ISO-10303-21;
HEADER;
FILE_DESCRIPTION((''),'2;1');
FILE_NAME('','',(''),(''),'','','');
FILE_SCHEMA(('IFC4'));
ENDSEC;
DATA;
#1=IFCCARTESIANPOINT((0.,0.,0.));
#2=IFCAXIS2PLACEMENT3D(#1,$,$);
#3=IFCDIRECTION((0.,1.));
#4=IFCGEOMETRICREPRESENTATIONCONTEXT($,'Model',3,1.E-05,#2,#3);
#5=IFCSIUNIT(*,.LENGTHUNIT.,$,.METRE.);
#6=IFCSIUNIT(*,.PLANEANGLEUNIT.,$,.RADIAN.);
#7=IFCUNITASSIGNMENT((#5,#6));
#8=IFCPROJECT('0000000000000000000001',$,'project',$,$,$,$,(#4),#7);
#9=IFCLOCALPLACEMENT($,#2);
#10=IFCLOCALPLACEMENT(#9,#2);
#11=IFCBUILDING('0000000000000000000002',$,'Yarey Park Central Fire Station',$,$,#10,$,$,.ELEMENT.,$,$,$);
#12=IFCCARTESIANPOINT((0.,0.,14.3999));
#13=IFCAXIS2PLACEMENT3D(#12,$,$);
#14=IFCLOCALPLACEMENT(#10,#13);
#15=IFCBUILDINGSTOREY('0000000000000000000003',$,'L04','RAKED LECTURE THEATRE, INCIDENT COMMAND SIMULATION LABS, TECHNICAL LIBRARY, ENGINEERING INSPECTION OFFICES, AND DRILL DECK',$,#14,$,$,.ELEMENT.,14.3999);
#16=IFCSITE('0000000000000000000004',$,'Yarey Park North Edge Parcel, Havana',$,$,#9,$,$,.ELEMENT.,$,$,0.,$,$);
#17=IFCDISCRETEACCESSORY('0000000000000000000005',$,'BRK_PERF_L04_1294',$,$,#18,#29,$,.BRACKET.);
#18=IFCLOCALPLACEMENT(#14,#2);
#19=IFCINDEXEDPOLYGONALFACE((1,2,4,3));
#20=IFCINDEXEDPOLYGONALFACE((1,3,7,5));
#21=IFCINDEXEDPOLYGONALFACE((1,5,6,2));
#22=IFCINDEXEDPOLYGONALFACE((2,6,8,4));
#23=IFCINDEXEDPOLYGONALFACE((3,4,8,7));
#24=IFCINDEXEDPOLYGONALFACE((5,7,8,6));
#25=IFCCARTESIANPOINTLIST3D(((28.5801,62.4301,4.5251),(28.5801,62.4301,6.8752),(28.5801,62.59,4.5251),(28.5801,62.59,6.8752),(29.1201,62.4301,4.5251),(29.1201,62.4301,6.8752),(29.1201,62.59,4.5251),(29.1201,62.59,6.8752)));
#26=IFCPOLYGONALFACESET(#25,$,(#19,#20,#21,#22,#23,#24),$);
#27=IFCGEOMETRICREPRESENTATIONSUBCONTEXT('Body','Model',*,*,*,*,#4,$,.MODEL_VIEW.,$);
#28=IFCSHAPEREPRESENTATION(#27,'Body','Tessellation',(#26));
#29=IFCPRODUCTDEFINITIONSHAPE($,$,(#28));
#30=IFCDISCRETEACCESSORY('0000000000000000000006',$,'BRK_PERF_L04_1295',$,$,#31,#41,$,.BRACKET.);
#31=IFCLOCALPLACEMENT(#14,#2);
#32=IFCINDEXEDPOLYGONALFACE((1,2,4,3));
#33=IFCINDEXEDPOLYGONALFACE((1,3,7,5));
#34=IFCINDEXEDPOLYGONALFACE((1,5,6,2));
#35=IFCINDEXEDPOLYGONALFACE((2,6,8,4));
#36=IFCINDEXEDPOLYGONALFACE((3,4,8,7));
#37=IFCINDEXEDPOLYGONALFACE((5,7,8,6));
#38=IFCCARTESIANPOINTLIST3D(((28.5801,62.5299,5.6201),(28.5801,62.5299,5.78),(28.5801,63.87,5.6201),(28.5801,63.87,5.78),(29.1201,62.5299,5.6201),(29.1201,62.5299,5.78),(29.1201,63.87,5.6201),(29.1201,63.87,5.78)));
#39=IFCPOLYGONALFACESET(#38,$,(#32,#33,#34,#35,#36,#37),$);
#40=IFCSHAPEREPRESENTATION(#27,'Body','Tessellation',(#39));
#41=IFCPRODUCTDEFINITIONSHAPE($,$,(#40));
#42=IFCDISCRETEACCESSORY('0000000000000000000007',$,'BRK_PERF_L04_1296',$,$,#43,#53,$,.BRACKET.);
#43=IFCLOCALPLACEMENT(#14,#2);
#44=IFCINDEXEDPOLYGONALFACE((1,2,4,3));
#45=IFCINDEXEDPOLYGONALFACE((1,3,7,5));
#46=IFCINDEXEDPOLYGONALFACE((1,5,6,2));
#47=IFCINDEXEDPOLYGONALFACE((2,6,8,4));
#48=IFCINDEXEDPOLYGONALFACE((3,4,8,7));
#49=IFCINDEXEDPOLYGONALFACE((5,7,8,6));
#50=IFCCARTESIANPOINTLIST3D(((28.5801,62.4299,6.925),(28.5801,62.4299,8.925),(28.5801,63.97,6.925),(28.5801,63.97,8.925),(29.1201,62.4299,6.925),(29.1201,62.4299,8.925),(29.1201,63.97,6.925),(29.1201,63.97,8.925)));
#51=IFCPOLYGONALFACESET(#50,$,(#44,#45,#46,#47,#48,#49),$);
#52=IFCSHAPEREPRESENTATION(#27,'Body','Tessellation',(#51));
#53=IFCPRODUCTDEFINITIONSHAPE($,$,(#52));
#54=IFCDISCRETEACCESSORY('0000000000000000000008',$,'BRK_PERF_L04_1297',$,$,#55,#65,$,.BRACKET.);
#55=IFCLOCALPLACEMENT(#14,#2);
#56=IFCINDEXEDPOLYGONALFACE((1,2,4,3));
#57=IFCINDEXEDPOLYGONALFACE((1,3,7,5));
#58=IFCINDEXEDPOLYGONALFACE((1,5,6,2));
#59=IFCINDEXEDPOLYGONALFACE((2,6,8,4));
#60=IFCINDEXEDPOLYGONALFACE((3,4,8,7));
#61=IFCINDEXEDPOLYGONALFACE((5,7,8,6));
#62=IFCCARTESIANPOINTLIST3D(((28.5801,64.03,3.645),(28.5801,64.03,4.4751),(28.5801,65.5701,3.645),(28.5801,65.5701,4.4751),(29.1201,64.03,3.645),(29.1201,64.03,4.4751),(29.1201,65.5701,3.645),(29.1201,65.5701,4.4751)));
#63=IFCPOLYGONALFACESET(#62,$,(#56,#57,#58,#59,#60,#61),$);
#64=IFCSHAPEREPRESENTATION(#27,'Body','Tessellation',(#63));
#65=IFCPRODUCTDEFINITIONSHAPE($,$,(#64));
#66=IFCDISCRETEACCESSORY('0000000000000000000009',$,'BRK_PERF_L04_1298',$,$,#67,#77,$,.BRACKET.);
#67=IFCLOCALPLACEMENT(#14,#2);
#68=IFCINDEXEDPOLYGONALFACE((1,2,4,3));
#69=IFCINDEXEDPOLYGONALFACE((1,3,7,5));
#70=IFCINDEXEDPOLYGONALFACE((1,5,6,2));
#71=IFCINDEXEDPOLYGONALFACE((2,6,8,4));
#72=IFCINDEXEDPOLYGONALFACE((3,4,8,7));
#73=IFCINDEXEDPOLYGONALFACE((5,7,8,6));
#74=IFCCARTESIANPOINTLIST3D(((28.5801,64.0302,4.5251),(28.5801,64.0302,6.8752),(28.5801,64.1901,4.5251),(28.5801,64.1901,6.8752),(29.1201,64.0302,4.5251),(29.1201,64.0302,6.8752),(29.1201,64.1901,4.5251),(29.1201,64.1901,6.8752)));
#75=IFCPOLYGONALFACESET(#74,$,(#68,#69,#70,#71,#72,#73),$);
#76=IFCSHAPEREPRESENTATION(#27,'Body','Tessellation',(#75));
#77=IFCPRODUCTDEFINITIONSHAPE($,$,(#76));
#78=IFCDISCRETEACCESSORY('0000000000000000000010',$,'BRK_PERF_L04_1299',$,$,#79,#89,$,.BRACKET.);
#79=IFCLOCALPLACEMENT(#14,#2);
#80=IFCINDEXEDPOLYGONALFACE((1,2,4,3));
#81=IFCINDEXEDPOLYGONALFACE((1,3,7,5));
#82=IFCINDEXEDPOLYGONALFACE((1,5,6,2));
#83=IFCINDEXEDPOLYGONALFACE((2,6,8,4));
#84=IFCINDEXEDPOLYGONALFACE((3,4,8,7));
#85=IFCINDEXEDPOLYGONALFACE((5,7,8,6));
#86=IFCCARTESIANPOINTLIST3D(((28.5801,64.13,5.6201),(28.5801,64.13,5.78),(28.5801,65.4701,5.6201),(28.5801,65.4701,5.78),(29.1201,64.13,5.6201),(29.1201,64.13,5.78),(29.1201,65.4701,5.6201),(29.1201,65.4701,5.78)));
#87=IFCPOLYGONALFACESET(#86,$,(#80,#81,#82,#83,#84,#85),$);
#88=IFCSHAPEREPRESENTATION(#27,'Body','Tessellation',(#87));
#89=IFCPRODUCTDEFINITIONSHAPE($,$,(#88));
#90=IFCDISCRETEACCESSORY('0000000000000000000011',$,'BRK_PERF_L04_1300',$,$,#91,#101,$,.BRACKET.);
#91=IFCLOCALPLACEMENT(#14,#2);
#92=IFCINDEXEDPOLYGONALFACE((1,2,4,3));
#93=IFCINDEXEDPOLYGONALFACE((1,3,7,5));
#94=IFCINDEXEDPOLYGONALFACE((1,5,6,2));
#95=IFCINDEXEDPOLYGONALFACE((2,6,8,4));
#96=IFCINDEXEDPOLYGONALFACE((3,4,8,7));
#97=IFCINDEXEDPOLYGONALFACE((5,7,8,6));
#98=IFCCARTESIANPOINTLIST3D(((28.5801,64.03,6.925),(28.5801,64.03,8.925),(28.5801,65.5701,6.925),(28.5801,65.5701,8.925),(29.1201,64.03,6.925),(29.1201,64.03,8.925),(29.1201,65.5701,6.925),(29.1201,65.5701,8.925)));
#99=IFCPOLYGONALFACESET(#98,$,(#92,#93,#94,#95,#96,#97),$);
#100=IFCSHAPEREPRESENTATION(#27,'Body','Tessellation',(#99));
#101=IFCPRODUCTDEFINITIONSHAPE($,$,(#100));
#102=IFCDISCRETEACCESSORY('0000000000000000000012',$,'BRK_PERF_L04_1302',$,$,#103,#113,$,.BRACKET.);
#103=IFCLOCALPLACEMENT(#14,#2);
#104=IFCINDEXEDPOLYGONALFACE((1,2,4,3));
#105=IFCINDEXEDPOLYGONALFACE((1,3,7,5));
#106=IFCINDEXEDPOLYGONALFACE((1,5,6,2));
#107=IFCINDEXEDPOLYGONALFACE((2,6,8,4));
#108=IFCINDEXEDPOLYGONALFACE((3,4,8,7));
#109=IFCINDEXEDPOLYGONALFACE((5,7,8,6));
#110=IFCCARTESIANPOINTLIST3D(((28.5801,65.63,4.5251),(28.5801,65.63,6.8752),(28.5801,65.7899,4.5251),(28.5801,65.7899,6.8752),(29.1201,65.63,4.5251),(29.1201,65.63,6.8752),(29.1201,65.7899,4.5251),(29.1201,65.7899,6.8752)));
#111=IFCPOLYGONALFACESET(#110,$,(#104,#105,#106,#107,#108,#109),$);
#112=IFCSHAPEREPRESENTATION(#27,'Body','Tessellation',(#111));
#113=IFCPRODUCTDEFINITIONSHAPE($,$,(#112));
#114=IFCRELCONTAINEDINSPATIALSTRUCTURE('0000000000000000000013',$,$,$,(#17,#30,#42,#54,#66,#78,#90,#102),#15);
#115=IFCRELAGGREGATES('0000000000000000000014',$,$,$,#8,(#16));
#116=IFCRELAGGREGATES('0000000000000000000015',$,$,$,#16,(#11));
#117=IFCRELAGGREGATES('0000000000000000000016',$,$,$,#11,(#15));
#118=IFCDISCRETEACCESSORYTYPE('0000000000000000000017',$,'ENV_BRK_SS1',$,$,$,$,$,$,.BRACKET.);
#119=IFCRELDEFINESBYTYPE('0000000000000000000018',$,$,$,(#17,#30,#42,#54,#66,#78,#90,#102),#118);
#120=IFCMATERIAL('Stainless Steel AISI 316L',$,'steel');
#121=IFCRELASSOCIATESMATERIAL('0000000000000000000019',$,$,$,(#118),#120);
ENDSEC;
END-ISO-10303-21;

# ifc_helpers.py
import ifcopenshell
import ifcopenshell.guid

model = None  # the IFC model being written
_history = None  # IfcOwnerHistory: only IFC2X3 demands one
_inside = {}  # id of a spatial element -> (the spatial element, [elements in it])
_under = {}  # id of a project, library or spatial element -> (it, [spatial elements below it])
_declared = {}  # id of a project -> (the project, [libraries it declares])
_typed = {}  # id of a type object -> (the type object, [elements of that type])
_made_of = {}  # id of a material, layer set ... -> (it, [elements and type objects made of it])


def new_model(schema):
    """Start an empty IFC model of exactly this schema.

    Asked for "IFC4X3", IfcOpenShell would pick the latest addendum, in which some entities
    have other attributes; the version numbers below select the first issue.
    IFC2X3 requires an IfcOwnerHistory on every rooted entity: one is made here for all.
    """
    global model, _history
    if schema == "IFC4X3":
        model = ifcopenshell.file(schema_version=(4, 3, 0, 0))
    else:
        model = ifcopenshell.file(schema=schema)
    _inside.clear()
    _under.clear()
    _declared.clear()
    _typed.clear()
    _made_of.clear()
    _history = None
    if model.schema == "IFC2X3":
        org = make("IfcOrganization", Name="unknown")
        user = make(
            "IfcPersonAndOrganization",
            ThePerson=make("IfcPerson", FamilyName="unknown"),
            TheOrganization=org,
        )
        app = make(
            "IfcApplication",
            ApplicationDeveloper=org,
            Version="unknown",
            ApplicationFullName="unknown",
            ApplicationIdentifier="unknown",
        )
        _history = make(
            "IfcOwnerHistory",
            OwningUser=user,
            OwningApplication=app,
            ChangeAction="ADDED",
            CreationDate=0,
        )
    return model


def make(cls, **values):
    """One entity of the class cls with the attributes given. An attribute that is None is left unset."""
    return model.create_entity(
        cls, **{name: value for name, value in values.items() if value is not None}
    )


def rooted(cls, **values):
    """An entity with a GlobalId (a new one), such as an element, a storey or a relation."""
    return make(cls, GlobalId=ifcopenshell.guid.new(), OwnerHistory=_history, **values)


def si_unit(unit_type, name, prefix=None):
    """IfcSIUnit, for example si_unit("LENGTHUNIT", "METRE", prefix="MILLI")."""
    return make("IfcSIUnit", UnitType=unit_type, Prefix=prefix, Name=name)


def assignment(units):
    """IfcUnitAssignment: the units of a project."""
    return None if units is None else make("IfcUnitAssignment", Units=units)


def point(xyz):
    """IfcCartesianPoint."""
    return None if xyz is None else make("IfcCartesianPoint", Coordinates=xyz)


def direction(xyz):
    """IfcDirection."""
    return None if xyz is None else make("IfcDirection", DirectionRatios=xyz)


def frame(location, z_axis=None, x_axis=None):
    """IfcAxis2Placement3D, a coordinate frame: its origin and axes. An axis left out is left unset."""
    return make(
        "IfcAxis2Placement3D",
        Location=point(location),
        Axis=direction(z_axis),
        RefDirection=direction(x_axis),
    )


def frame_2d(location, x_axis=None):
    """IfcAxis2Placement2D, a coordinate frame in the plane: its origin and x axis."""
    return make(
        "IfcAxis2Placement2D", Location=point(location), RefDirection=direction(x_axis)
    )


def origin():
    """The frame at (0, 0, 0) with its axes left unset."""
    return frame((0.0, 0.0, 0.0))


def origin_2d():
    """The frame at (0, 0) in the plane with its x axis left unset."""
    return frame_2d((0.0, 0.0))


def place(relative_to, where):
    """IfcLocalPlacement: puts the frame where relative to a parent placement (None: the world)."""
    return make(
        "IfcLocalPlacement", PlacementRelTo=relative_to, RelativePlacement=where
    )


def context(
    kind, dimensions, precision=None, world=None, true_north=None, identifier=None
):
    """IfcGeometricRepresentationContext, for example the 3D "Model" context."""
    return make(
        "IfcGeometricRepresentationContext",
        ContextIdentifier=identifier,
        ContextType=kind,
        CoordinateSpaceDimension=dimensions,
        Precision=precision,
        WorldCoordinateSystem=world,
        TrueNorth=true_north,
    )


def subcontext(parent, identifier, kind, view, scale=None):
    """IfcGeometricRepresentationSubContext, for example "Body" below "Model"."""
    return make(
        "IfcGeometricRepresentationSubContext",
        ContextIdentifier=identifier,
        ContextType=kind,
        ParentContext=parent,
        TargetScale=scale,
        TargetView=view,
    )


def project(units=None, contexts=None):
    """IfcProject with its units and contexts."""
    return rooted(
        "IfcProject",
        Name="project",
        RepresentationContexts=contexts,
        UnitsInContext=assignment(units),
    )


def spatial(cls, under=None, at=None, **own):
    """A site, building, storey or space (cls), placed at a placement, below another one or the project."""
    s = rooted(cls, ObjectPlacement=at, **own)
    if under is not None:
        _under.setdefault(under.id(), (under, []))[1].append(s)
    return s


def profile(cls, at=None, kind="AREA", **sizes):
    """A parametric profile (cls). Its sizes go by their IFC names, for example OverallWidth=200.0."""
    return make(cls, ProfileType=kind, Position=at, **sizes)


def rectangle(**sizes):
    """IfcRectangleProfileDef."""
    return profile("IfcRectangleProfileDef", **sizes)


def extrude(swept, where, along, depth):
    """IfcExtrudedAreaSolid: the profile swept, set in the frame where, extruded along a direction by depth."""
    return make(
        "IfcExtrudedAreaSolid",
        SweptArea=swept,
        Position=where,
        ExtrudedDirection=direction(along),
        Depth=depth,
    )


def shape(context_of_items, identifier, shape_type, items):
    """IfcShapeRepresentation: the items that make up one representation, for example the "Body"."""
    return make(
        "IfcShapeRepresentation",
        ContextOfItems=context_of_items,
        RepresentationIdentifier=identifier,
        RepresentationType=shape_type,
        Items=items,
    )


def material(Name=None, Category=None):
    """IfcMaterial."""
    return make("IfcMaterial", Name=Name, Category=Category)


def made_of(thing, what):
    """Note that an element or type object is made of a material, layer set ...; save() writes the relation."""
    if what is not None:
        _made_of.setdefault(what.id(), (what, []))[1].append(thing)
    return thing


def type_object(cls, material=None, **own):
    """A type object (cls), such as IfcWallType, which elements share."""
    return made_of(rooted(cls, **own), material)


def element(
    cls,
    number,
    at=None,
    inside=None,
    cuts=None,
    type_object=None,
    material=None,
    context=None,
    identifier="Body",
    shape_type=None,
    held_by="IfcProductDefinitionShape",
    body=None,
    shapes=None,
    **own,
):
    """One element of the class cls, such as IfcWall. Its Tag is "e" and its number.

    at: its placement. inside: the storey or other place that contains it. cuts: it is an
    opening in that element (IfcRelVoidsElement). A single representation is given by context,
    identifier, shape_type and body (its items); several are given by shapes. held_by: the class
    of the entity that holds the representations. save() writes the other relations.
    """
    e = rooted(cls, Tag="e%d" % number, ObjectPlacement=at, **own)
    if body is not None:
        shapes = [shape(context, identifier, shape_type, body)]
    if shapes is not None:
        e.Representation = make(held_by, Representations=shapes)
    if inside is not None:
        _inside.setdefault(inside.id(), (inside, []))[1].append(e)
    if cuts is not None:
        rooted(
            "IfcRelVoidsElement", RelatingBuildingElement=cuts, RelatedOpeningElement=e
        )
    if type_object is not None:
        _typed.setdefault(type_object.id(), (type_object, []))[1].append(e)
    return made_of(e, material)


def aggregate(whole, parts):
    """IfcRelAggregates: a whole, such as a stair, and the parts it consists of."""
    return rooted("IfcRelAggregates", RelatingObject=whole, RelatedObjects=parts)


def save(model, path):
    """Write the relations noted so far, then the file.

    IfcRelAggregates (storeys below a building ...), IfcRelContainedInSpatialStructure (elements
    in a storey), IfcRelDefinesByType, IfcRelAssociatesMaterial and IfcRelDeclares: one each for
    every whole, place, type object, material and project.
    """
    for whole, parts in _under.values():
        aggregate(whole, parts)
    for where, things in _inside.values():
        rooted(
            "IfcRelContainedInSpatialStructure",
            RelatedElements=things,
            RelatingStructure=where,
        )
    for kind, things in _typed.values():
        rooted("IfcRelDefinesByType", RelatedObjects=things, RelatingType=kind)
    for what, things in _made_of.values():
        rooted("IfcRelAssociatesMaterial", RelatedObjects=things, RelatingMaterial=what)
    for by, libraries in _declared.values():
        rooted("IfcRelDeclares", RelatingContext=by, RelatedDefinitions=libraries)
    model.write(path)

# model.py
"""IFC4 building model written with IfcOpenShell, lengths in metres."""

from ifc_helpers import new_model, si_unit, direction, frame, origin, origin_2d, place, context, subcontext, project, spatial, rectangle, extrude, material, type_object, element, save


model = new_model("IFC4")

# Units and contexts
model_context = context("Model", 3, precision=1e-05, world=origin(), true_north=direction((0.0, 1.0)))
body_context = subcontext(model_context, "Body", "Model", "MODEL_VIEW")
ifc_project = project(units=[si_unit("LENGTHUNIT", "METRE"), si_unit("PLANEANGLEUNIT", "RADIAN")], contexts=[model_context])

# Site, building, storey
site_placement = place(None, origin())
site = spatial("IfcSite", under=ifc_project, at=site_placement, Name="Yarey Park North Edge Parcel, Havana", CompositionType="ELEMENT", RefElevation=0.0)
building_placement = place(site_placement, origin())
building = spatial("IfcBuilding", under=site, at=building_placement, Name="Yarey Park Central Fire Station", CompositionType="ELEMENT")
storey_placement = place(building_placement, frame((0.0, 0.0, 14.3999)))
storey = spatial("IfcBuildingStorey", under=building, at=storey_placement, Name="L04", Description="RAKED LECTURE THEATRE, INCIDENT COMMAND SIMULATION LABS, TECHNICAL LIBRARY, ENGINEERING INSPECTION OFFICES, AND DRILL DECK", CompositionType="ELEMENT", Elevation=14.3999)

# Discrete accessories
ifc_material_1 = material(Name="Stainless Steel AISI 316L", Category="steel")
discrete_accessory_type = type_object("IfcDiscreteAccessoryType", Name="ENV_BRK_SS1", PredefinedType="BRACKET", material=ifc_material_1)
discrete_accessory_1_placement = place(storey_placement, frame((28.8501, 62.51, 4.5251), z_axis=(0.0, 0.0, 1.0), x_axis=(1.0, 0.0, 0.0)))
element("IfcDiscreteAccessory", 1, at=discrete_accessory_1_placement, inside=storey, type_object=discrete_accessory_type, Name="BRK_PERF_L04_1294", PredefinedType="BRACKET", context=body_context, shape_type="SweptSolid", body=[
    extrude(rectangle(XDim=0.54, YDim=0.1599, at=origin_2d()), origin(), (0.0, 0.0, 1.0), 2.3501),
])
discrete_accessory_2_placement = place(storey_placement, frame((28.8501, 63.2, 5.6201), z_axis=(0.0, 0.0, 1.0), x_axis=(1.0, 0.0, 0.0)))
element("IfcDiscreteAccessory", 2, at=discrete_accessory_2_placement, inside=storey, type_object=discrete_accessory_type, Name="BRK_PERF_L04_1295", PredefinedType="BRACKET", context=body_context, shape_type="SweptSolid", body=[
    extrude(rectangle(XDim=0.54, YDim=1.3401, at=origin_2d()), origin(), (0.0, 0.0, 1.0), 0.1599),
])
discrete_accessory_3_placement = place(storey_placement, frame((28.8501, 63.2, 6.925), z_axis=(0.0, 0.0, 1.0), x_axis=(1.0, 0.0, 0.0)))
element("IfcDiscreteAccessory", 3, at=discrete_accessory_3_placement, inside=storey, type_object=discrete_accessory_type, Name="BRK_PERF_L04_1296", PredefinedType="BRACKET", context=body_context, shape_type="SweptSolid", body=[
    extrude(rectangle(XDim=0.54, YDim=1.54, at=origin_2d()), origin(), (0.0, 0.0, 1.0), 2.0),
])
discrete_accessory_4_placement = place(storey_placement, frame((28.8501, 64.8, 3.645), z_axis=(0.0, 0.0, 1.0), x_axis=(1.0, 0.0, 0.0)))
element("IfcDiscreteAccessory", 4, at=discrete_accessory_4_placement, inside=storey, type_object=discrete_accessory_type, Name="BRK_PERF_L04_1297", PredefinedType="BRACKET", context=body_context, shape_type="SweptSolid", body=[
    extrude(rectangle(XDim=0.54, YDim=1.54, at=origin_2d()), origin(), (0.0, 0.0, 1.0), 0.8301),
])
discrete_accessory_5_placement = place(storey_placement, frame((28.8501, 64.1101, 4.5251), z_axis=(0.0, 0.0, 1.0), x_axis=(1.0, 0.0, 0.0)))
element("IfcDiscreteAccessory", 5, at=discrete_accessory_5_placement, inside=storey, type_object=discrete_accessory_type, Name="BRK_PERF_L04_1298", PredefinedType="BRACKET", context=body_context, shape_type="SweptSolid", body=[
    extrude(rectangle(XDim=0.54, YDim=0.1599, at=origin_2d()), origin(), (0.0, 0.0, 1.0), 2.3501),
])
discrete_accessory_6_placement = place(storey_placement, frame((28.8501, 64.8, 5.6201), z_axis=(0.0, 0.0, 1.0), x_axis=(1.0, 0.0, 0.0)))
element("IfcDiscreteAccessory", 6, at=discrete_accessory_6_placement, inside=storey, type_object=discrete_accessory_type, Name="BRK_PERF_L04_1299", PredefinedType="BRACKET", context=body_context, shape_type="SweptSolid", body=[
    extrude(rectangle(XDim=0.54, YDim=1.3401, at=origin_2d()), origin(), (0.0, 0.0, 1.0), 0.1599),
])
discrete_accessory_7_placement = place(storey_placement, frame((28.8501, 64.8, 6.925), z_axis=(0.0, 0.0, 1.0), x_axis=(1.0, 0.0, 0.0)))
element("IfcDiscreteAccessory", 7, at=discrete_accessory_7_placement, inside=storey, type_object=discrete_accessory_type, Name="BRK_PERF_L04_1300", PredefinedType="BRACKET", context=body_context, shape_type="SweptSolid", body=[
    extrude(rectangle(XDim=0.54, YDim=1.54, at=origin_2d()), origin(), (0.0, 0.0, 1.0), 2.0),
])
discrete_accessory_8_placement = place(storey_placement, frame((28.8501, 65.71, 4.5251), z_axis=(0.0, 0.0, 1.0), x_axis=(1.0, 0.0, 0.0)))
element("IfcDiscreteAccessory", 8, at=discrete_accessory_8_placement, inside=storey, type_object=discrete_accessory_type, Name="BRK_PERF_L04_1302", PredefinedType="BRACKET", context=body_context, shape_type="SweptSolid", body=[
    extrude(rectangle(XDim=0.54, YDim=0.1599, at=origin_2d()), origin(), (0.0, 0.0, 1.0), 2.3501),
])

save(model, "model.ifc")
